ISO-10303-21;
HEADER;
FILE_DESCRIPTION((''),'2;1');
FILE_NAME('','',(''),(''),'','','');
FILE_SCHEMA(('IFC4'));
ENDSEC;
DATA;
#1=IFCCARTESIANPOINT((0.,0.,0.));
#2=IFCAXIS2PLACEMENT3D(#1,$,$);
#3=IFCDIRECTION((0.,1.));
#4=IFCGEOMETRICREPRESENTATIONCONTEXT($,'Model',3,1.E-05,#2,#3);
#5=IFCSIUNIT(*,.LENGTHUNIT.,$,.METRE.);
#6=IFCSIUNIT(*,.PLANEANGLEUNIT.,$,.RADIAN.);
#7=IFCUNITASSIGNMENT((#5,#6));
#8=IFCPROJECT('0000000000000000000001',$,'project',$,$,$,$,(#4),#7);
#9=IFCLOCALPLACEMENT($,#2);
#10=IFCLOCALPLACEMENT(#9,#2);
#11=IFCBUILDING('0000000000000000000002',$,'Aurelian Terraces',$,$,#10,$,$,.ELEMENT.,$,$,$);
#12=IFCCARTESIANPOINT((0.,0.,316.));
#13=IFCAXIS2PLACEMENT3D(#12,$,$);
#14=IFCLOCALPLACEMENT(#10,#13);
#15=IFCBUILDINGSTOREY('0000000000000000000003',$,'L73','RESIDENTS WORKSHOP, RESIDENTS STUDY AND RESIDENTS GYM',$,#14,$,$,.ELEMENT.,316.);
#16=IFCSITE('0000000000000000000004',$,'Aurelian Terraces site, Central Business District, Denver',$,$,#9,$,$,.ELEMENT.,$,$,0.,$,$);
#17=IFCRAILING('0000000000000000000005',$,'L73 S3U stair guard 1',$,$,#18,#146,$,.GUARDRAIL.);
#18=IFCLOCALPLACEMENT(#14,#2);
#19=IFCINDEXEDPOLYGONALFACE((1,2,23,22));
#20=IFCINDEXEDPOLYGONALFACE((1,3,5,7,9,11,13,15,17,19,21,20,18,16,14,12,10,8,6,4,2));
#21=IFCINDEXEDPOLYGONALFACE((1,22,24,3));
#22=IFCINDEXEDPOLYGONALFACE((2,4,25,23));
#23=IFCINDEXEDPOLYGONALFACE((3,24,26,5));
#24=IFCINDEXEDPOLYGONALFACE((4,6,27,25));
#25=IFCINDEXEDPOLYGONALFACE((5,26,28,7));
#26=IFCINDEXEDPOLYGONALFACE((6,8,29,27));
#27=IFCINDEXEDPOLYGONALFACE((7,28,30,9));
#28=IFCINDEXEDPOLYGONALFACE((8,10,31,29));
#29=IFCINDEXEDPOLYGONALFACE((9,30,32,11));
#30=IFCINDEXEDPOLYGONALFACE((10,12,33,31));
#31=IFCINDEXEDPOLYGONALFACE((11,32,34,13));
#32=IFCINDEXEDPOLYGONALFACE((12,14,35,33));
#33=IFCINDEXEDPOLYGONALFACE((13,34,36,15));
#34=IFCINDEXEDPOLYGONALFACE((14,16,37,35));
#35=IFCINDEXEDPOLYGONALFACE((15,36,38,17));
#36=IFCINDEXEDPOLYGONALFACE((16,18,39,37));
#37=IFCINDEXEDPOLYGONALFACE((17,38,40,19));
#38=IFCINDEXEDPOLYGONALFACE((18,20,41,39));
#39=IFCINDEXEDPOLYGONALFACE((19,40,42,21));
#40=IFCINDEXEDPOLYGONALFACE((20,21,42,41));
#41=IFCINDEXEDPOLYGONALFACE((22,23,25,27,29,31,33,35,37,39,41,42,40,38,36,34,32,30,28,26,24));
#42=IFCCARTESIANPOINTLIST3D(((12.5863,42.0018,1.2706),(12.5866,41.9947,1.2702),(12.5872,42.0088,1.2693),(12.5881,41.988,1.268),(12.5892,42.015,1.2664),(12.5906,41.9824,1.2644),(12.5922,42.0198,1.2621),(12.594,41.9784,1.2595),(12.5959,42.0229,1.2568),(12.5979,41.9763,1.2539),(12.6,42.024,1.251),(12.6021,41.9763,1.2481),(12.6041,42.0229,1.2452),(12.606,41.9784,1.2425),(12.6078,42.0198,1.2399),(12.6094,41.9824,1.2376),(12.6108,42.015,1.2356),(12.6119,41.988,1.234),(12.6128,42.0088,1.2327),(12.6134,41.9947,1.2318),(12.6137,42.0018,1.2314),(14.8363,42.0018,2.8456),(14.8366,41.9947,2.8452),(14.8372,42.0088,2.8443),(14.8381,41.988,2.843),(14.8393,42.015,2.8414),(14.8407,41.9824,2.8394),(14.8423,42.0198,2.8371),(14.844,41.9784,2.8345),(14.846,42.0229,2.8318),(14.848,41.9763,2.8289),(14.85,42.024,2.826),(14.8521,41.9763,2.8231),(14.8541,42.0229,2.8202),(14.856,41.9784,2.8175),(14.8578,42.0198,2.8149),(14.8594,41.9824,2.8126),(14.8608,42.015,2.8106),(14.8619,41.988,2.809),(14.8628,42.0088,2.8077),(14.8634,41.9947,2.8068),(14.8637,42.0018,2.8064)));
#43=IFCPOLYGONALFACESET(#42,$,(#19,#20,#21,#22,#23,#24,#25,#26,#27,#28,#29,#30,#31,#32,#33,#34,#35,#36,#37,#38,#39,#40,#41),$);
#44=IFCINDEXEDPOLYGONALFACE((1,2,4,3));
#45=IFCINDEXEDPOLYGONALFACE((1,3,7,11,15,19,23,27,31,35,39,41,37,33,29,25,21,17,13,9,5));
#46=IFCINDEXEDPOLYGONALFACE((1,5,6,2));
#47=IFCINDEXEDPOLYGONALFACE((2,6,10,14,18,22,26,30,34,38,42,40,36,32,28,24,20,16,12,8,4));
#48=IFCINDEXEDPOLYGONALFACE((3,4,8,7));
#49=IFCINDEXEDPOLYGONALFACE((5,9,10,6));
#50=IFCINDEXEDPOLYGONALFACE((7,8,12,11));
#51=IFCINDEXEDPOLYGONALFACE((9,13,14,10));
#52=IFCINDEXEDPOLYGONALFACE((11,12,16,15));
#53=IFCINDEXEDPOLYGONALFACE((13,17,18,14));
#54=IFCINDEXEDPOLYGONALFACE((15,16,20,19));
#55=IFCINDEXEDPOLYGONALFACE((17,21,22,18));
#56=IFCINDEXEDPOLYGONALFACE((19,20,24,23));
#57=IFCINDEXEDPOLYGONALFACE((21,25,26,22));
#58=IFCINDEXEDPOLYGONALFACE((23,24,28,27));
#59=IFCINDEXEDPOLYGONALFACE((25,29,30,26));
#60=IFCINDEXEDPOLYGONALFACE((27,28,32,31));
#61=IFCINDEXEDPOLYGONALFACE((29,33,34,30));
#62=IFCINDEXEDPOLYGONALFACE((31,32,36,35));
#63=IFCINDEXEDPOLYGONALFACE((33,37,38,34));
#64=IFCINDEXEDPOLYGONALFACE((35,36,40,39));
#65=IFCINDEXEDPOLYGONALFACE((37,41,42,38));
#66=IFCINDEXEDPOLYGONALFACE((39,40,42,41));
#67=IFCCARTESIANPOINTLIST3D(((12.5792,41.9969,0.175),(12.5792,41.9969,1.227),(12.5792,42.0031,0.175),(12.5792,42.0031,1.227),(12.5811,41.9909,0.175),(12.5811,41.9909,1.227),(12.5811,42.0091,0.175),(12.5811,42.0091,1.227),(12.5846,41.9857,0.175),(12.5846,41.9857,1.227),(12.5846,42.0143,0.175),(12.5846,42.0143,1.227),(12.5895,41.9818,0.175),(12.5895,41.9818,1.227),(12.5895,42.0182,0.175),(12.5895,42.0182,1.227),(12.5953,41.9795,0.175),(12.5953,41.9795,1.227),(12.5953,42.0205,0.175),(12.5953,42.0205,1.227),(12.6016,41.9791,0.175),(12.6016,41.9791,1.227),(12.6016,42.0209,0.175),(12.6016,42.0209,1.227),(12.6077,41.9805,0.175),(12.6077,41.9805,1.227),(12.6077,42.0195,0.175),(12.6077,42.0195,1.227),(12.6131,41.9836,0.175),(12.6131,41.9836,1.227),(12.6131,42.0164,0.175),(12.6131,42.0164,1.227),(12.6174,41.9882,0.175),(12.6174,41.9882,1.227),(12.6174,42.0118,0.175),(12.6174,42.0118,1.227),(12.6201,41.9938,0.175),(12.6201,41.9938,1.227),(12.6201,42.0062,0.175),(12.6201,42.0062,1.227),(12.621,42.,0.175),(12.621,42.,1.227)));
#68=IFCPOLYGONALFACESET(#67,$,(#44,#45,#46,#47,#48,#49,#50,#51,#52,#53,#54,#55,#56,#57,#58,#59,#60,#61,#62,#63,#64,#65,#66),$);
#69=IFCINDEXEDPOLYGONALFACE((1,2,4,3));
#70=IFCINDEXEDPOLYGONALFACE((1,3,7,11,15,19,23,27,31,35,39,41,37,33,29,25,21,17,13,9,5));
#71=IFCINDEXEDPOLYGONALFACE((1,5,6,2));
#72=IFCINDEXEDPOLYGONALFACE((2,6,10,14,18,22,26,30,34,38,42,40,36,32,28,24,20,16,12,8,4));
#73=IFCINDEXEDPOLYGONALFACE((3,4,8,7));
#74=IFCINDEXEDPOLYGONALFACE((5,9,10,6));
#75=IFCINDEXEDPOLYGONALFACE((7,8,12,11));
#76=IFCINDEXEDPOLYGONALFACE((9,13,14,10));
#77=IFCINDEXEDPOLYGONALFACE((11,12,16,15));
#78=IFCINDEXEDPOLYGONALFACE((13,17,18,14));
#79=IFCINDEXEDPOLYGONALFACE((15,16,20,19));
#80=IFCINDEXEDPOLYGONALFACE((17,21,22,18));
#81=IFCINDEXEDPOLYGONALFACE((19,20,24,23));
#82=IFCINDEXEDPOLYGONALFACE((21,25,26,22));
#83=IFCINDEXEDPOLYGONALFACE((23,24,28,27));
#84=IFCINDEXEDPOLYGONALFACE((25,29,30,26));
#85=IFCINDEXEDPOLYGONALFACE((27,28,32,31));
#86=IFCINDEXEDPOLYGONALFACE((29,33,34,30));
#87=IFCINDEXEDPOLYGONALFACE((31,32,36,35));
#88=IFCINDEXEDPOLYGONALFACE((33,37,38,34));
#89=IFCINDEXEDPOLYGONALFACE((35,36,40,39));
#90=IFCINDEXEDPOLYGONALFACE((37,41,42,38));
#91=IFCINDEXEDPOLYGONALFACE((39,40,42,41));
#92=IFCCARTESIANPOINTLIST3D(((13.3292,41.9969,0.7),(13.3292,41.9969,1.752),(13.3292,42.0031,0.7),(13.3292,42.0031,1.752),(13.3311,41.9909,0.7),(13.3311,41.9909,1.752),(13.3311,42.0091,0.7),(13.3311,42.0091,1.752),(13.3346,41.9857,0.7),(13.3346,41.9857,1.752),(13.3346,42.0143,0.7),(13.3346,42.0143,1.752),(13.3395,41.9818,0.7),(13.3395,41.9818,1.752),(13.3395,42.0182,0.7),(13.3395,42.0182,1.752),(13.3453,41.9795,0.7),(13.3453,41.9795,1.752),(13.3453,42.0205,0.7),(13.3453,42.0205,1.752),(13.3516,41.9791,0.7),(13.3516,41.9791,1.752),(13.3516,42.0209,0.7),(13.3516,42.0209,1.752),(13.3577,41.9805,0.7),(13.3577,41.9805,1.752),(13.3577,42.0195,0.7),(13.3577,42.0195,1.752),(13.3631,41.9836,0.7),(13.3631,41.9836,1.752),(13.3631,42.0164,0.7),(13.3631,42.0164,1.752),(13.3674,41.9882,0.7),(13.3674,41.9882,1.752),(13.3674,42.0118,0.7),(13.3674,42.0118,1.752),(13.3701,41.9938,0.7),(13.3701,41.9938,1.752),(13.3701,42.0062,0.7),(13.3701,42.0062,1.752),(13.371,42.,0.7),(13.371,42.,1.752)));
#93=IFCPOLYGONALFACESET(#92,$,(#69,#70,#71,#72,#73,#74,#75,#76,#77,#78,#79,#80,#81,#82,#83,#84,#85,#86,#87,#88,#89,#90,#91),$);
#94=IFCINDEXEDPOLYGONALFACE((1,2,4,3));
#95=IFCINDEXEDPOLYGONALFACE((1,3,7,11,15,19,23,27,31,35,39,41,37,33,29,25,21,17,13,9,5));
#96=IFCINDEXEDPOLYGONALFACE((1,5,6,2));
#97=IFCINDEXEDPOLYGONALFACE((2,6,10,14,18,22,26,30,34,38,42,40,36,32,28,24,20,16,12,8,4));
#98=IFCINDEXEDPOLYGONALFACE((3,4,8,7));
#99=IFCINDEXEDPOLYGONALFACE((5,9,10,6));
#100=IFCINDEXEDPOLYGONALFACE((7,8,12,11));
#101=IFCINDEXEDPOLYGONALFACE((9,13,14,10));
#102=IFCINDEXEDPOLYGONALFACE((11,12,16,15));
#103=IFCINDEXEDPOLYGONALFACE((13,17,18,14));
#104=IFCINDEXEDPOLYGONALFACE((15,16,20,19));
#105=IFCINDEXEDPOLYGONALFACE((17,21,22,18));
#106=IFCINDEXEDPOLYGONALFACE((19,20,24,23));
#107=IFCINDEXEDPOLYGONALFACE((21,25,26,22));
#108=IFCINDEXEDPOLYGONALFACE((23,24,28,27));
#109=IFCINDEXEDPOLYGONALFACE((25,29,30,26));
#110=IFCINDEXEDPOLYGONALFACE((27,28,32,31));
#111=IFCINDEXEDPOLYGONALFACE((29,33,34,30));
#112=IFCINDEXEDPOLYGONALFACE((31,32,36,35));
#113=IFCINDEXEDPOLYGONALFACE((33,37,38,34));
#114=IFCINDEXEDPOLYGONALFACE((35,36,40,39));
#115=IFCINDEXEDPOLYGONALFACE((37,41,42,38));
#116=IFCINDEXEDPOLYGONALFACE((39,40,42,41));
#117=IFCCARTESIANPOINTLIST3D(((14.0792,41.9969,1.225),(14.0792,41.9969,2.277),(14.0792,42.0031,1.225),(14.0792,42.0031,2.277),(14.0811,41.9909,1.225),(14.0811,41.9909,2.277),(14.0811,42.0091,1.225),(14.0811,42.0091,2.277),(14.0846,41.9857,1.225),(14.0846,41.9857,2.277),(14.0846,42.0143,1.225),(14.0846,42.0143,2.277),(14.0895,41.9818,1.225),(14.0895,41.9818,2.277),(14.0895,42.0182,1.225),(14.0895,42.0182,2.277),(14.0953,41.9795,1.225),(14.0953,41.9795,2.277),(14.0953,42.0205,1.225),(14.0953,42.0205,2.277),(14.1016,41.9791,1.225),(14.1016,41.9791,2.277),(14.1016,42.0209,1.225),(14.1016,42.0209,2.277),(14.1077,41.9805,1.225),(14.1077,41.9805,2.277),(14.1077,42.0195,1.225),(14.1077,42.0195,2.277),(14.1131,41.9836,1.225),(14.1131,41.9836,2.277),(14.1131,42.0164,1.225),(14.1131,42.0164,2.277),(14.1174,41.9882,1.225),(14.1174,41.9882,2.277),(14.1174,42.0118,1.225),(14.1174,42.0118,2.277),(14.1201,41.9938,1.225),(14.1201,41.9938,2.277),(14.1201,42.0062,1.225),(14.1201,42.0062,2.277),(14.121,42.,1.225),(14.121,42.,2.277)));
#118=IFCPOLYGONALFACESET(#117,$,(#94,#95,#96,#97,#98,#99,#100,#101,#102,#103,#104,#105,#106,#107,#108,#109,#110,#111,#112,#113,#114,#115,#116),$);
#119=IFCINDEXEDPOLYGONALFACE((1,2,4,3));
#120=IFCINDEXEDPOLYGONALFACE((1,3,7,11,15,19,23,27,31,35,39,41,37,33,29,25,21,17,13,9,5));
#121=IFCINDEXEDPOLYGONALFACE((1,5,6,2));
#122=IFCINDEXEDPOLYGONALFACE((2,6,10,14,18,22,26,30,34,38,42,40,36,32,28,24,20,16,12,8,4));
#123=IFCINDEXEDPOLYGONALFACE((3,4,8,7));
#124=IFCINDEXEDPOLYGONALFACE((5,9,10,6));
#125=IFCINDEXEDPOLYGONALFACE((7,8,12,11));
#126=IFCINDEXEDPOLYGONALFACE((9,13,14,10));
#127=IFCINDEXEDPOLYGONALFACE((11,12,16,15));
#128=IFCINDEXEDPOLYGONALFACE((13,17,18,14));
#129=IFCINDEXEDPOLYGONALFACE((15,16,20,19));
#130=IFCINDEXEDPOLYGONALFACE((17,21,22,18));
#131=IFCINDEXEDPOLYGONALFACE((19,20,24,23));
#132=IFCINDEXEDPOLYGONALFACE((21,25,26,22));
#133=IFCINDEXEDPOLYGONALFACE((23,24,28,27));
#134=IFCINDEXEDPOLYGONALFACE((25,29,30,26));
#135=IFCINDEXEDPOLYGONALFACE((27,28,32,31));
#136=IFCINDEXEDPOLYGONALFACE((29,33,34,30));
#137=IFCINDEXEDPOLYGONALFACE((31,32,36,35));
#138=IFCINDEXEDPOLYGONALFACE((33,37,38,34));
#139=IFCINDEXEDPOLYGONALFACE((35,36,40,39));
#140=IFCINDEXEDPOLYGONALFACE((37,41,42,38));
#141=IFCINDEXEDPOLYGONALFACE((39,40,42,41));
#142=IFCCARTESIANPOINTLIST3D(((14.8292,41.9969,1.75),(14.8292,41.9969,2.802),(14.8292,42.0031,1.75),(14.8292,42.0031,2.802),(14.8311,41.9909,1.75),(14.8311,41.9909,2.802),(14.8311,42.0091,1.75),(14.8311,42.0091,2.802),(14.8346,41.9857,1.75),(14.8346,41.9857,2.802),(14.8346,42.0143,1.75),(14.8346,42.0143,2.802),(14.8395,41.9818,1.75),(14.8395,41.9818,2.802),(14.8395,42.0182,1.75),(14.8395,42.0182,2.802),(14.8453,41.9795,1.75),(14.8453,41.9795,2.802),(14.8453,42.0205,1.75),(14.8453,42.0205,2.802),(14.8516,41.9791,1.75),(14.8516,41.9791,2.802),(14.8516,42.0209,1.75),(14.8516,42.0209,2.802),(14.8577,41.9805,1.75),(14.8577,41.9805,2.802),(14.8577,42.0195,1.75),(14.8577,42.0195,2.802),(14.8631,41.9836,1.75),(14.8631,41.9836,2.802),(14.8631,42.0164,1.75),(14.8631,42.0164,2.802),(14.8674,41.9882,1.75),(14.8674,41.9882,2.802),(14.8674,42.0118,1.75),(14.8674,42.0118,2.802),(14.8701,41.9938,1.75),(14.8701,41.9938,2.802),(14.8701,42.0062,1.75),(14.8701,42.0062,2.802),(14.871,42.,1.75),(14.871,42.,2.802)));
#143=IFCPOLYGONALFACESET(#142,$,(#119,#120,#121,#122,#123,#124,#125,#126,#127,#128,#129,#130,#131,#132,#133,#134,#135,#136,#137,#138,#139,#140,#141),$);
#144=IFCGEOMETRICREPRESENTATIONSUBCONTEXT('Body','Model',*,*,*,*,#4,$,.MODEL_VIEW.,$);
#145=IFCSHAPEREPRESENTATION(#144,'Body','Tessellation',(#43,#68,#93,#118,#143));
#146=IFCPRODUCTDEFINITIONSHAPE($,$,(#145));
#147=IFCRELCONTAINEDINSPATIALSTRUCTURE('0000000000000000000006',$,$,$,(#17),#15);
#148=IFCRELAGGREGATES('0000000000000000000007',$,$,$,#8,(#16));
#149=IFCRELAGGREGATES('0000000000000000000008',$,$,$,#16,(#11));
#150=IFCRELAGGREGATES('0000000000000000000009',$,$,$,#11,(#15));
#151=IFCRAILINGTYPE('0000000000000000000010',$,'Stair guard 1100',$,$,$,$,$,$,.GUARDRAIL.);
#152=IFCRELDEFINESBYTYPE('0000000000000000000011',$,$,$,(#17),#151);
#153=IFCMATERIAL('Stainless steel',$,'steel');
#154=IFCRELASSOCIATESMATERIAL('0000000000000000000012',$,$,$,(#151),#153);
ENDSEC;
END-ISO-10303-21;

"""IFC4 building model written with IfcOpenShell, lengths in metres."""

from ifc_helpers import new_model, si_unit, direction, frame, origin, origin_2d, place, context, subcontext, project, spatial, circle, extrude, source, transform, mapped, material, type_object, element, save


model = new_model("IFC4")

# Units and contexts
model_context = context("Model", 3, precision=1e-05, world=origin(), true_north=direction((0.0, 1.0)))
body_context = subcontext(model_context, "Body", "Model", "MODEL_VIEW")
ifc_project = project(units=[si_unit("LENGTHUNIT", "METRE"), si_unit("PLANEANGLEUNIT", "RADIAN")], contexts=[model_context])

# Site, building, storey
site_placement = place(None, origin())
site = spatial("IfcSite", under=ifc_project, at=site_placement, Name="Aurelian Terraces site, Central Business District, Denver", CompositionType="ELEMENT", RefElevation=0.0)
building_placement = place(site_placement, origin())
building = spatial("IfcBuilding", under=site, at=building_placement, Name="Aurelian Terraces", CompositionType="ELEMENT")
storey_placement = place(building_placement, frame((0.0, 0.0, 316.0)))
storey = spatial("IfcBuildingStorey", under=building, at=storey_placement, Name="L73", Description="RESIDENTS WORKSHOP, RESIDENTS STUDY AND RESIDENTS GYM", CompositionType="ELEMENT", Elevation=316.0)

# Railing
ifc_material_1 = material(Name="Stainless steel", Category="steel")
railing_type_1 = type_object("IfcRailingType", Name="Stair guard 1100", PredefinedType="GUARDRAIL", material=ifc_material_1)
shared_shape_1 = source(origin(), body_context, "Body", "SweptSolid", [
    extrude(circle(Radius=0.024, at=origin_2d()), frame((0.0, 0.0, 1.076), z_axis=(0.819232, 0.0, 0.573462), x_axis=(0.0, 1.0, 0.0)), (0.0, 0.0, 1.0), 2.7465),
    extrude(circle(Radius=0.021, at=origin_2d()), origin(), (0.0, 0.0, 1.0), 1.052),
    extrude(circle(Radius=0.021, at=origin_2d()), frame((0.75, 0.0, 0.525)), (0.0, 0.0, 1.0), 1.052),
    extrude(circle(Radius=0.021, at=origin_2d()), frame((1.5, 0.0, 1.05)), (0.0, 0.0, 1.0), 1.052),
    extrude(circle(Radius=0.021, at=origin_2d()), frame((2.25, 0.0, 1.575)), (0.0, 0.0, 1.0), 1.052),
])
railing_1_placement = place(storey_placement, frame((12.6, 42.0, 0.175)))
element("IfcRailing", 1, at=railing_1_placement, inside=storey, type_object=railing_type_1, Name="L73 S3U stair guard 1", PredefinedType="GUARDRAIL", context=body_context, shape_type="MappedRepresentation", body=[
    mapped(shared_shape_1, transform((0.0, 0.0, 0.0), scale=1.0)),
])

save(model, "model.ifc")
